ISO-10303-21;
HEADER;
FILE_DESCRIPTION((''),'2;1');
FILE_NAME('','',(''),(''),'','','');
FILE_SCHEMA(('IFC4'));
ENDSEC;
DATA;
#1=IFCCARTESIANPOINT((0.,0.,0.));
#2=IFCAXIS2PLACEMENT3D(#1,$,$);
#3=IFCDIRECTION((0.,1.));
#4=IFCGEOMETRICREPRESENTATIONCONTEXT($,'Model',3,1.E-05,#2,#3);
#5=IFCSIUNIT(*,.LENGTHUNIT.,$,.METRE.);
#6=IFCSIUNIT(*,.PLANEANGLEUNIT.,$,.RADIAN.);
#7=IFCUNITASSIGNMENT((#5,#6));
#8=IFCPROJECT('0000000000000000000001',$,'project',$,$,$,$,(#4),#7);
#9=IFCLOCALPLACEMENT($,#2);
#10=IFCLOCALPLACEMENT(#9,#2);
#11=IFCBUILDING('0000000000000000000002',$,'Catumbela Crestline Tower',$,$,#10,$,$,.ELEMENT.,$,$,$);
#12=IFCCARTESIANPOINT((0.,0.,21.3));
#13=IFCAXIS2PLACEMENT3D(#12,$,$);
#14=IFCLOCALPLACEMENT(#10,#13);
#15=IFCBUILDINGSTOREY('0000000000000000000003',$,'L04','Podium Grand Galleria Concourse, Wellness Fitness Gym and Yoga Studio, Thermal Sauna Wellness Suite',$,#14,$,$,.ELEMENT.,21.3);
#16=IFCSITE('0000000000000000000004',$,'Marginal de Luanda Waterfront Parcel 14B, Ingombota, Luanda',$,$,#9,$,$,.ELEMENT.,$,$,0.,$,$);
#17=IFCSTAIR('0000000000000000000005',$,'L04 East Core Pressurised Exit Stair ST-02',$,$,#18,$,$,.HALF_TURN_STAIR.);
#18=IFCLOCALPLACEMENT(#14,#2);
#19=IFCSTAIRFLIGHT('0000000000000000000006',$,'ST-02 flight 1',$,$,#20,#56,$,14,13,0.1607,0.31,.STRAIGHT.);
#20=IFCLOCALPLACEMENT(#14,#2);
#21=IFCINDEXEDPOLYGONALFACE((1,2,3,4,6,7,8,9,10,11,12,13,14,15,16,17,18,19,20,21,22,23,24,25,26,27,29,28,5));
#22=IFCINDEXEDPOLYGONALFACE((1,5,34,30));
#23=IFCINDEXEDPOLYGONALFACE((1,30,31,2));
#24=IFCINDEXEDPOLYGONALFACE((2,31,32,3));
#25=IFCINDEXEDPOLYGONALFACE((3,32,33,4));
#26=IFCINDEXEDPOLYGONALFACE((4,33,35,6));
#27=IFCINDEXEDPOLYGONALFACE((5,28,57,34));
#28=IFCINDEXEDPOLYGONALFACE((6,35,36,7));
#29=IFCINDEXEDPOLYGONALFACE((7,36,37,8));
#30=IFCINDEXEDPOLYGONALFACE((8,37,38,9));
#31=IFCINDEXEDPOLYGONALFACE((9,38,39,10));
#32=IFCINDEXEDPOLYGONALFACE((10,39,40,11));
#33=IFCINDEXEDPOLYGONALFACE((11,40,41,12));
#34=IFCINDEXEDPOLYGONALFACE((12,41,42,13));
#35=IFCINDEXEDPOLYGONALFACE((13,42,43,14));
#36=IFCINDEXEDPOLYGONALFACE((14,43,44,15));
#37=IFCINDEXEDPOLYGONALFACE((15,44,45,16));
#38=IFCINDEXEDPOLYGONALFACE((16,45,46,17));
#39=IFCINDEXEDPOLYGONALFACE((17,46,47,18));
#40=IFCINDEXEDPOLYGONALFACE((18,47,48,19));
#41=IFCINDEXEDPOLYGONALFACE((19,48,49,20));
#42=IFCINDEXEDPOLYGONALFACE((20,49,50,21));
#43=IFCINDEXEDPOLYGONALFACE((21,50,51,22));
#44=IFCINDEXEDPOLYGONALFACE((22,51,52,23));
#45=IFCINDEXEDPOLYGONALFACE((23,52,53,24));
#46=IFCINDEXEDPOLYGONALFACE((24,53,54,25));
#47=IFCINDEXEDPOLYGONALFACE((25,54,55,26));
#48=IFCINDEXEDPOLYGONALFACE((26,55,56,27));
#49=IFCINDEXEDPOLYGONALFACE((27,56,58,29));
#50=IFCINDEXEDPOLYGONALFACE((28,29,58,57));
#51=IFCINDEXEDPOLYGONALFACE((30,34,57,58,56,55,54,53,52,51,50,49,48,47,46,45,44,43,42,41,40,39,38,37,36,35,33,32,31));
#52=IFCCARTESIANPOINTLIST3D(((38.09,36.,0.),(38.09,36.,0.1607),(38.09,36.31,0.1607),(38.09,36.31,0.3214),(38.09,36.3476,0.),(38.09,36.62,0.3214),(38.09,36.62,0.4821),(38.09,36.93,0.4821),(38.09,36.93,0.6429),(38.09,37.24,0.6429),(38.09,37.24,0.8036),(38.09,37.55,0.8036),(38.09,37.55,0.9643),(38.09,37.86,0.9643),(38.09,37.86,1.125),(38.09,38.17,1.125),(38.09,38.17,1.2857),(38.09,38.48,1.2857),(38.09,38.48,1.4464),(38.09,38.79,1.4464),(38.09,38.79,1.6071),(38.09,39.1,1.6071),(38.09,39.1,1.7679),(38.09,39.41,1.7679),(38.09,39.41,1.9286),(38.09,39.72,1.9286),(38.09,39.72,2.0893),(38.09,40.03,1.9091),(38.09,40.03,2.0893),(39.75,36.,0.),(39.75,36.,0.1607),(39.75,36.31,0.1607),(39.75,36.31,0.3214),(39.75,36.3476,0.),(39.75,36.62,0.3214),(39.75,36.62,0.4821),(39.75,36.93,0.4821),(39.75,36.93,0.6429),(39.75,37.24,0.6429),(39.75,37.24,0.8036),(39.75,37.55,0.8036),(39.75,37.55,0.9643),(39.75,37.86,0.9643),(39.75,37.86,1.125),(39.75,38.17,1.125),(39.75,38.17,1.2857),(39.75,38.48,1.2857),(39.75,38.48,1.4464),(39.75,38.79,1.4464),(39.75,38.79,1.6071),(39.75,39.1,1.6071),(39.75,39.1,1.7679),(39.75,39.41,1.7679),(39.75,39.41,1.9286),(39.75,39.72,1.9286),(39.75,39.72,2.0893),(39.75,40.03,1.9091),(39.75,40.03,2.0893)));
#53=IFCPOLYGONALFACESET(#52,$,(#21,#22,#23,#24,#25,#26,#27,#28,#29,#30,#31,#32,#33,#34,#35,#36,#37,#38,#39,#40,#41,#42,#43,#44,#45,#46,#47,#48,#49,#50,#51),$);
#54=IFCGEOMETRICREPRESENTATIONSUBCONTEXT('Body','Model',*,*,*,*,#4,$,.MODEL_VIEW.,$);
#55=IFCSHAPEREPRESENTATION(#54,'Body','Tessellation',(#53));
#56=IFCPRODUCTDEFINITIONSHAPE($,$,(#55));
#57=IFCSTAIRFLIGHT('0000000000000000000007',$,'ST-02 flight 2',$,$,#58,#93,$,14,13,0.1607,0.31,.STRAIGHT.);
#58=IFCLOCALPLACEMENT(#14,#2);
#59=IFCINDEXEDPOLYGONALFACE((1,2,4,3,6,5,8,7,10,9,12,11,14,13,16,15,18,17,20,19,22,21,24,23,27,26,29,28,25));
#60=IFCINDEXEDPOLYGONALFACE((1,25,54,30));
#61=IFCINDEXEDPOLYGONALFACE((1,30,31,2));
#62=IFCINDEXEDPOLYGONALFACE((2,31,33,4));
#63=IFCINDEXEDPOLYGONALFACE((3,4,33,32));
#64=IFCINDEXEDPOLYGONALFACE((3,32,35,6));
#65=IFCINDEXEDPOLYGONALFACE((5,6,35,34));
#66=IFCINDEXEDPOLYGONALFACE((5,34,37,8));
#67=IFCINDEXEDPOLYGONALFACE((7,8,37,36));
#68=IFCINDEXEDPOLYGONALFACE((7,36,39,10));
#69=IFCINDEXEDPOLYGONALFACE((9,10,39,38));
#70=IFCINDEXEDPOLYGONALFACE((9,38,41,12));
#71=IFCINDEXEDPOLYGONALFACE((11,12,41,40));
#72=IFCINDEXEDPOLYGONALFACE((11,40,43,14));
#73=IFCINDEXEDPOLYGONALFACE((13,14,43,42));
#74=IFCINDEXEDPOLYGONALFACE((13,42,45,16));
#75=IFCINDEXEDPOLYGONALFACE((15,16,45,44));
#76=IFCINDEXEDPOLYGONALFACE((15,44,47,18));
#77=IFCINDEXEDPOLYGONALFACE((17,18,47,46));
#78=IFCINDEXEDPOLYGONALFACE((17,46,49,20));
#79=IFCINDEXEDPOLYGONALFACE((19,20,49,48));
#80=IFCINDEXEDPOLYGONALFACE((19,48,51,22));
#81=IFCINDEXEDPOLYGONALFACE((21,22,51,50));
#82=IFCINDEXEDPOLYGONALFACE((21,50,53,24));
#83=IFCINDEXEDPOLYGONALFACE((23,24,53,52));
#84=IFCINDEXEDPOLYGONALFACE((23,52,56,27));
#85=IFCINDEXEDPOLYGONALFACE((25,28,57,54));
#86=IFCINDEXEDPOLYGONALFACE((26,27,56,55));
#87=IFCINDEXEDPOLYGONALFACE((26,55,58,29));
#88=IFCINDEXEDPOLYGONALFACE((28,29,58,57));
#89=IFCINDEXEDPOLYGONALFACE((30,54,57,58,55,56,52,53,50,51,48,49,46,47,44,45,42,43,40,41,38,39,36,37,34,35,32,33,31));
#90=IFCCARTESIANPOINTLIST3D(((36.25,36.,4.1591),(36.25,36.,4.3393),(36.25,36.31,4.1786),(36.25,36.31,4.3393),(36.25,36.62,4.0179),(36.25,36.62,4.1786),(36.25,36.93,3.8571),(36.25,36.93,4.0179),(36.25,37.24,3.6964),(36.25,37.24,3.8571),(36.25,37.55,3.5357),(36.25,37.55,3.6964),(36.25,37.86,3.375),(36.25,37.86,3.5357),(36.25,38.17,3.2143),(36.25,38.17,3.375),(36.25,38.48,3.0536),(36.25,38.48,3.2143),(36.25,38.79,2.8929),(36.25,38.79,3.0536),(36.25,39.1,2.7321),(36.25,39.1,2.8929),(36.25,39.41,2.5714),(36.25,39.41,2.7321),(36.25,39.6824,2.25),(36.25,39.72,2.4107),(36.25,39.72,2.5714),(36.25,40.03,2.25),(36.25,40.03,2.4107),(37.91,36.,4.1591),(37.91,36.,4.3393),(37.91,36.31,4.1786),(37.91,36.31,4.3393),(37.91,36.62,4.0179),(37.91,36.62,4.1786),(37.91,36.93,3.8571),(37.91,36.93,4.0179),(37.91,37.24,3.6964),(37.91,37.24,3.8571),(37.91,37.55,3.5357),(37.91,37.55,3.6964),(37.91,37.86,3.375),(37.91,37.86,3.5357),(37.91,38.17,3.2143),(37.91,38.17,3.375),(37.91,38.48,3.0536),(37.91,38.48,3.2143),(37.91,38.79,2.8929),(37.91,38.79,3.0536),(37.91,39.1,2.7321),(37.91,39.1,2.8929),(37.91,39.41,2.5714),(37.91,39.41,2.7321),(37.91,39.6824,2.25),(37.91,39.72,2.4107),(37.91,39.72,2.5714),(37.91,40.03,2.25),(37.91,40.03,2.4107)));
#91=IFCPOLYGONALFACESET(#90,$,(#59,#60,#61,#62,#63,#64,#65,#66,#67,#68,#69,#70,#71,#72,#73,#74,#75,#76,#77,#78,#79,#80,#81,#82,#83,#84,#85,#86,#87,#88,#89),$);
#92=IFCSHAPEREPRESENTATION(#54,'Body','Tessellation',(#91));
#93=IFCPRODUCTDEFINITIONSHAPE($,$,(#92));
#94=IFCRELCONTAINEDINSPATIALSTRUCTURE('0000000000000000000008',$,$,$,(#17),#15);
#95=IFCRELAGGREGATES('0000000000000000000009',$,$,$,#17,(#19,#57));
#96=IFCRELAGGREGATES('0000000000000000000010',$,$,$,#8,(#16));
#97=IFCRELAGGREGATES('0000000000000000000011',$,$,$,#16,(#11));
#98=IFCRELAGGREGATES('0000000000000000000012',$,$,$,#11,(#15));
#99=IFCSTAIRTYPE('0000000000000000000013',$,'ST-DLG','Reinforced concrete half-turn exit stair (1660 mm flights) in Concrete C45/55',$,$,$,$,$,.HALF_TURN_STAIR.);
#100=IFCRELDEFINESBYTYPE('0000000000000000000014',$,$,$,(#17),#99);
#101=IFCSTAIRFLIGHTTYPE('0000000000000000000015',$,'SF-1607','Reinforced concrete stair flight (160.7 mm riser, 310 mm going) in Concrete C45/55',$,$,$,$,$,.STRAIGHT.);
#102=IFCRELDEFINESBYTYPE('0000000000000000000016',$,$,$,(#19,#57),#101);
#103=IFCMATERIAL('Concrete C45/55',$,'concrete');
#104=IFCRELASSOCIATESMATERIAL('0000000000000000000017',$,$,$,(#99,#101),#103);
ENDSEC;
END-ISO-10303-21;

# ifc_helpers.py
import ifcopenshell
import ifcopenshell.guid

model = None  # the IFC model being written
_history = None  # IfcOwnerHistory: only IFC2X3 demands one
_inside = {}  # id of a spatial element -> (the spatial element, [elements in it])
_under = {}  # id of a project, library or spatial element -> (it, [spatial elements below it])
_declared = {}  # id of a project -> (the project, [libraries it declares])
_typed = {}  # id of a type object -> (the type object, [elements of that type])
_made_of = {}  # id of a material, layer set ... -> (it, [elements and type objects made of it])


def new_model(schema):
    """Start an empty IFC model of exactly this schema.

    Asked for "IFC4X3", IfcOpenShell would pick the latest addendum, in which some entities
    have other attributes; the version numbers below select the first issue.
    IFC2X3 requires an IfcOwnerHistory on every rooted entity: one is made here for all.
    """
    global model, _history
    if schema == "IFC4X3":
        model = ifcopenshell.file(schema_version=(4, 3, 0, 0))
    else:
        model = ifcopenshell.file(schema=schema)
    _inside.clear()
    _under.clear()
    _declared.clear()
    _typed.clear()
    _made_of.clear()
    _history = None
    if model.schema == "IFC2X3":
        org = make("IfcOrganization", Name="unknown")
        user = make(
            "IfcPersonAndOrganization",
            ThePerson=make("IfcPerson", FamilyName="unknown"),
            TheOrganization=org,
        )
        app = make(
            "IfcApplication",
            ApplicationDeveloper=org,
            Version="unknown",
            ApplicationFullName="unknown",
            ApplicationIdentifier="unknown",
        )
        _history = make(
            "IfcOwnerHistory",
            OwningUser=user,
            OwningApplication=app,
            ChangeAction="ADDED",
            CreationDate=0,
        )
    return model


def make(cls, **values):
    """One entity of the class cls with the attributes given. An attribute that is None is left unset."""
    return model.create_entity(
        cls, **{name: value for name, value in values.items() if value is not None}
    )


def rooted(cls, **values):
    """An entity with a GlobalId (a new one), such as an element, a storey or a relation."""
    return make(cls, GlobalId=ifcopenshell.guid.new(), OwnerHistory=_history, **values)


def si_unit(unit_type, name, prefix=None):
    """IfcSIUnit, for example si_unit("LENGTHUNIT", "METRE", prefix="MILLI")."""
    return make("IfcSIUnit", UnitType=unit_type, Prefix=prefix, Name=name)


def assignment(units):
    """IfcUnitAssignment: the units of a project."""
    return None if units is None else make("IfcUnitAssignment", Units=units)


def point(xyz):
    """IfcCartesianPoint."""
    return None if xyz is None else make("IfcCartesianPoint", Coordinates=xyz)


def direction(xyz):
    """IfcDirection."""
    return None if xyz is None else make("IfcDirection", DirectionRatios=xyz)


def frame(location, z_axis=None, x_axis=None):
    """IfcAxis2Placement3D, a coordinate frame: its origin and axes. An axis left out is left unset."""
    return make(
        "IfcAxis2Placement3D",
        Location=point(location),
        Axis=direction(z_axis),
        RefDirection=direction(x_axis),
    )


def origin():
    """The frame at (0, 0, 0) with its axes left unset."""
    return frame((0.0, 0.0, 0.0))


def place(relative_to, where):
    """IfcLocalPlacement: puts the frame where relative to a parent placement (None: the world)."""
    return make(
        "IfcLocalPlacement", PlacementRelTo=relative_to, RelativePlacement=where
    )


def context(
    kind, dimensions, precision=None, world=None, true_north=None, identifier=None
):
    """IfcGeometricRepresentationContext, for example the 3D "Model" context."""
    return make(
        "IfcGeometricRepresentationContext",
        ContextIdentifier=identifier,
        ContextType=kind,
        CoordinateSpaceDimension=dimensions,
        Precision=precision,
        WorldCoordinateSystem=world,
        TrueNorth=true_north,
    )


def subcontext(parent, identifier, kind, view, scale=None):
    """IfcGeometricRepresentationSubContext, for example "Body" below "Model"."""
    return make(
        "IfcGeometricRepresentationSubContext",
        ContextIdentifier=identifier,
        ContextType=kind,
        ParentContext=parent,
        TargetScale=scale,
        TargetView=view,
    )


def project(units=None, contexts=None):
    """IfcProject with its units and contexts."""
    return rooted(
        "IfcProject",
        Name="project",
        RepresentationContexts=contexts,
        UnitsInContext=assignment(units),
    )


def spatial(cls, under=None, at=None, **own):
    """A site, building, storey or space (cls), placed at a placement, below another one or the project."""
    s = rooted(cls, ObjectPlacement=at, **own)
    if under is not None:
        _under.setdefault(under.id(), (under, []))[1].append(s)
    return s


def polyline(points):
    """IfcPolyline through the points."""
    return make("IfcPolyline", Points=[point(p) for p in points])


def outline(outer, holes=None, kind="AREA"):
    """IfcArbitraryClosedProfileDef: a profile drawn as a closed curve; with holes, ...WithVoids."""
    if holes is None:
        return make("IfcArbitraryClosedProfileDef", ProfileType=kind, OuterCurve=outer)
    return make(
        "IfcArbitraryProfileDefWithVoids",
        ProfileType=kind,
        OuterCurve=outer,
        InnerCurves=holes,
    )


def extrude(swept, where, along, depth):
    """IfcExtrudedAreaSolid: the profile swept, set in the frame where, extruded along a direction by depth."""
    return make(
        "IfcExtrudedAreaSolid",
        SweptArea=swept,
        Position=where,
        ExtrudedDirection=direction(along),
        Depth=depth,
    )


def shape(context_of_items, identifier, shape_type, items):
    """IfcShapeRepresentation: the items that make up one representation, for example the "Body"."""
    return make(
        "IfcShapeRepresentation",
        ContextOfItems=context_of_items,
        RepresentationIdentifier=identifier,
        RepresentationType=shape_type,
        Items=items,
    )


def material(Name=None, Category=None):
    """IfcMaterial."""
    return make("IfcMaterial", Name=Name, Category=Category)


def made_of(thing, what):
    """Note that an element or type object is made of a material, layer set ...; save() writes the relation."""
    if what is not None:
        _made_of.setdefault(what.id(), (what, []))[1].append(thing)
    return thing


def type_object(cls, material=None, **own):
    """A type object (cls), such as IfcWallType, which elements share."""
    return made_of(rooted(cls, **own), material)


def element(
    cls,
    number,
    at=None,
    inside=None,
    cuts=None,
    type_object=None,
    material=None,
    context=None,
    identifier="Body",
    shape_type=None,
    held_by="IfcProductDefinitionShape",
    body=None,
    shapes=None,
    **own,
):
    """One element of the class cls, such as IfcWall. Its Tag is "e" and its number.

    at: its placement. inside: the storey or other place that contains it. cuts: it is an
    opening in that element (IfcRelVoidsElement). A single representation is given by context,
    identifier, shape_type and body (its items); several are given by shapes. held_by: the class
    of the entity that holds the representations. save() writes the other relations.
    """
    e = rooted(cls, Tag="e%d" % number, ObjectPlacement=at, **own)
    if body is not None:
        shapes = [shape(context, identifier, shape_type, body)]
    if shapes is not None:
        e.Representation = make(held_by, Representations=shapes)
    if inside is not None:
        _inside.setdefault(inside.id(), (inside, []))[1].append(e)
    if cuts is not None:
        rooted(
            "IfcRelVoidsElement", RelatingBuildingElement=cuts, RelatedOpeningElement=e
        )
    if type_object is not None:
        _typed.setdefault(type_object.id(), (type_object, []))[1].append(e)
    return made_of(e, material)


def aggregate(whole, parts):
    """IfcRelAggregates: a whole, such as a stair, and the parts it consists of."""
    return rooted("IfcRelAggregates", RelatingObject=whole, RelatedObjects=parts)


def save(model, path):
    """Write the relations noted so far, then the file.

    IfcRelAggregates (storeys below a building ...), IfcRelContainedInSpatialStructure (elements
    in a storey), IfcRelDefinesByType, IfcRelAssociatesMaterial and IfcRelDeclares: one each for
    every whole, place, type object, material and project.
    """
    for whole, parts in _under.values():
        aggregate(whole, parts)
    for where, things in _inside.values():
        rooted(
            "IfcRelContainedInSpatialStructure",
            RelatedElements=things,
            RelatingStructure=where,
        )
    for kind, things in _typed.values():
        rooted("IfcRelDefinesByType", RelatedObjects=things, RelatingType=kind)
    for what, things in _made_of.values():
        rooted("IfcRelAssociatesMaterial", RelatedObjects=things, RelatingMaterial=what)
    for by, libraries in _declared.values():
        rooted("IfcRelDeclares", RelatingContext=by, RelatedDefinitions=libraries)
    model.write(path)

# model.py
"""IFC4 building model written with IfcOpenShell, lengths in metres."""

from ifc_helpers import new_model, si_unit, direction, frame, origin, place, context, subcontext, project, spatial, polyline, outline, extrude, material, type_object, element, aggregate, save


model = new_model("IFC4")

# Units and contexts
model_context = context("Model", 3, precision=1e-05, world=origin(), true_north=direction((0.0, 1.0)))
body_context = subcontext(model_context, "Body", "Model", "MODEL_VIEW")
ifc_project = project(units=[si_unit("LENGTHUNIT", "METRE"), si_unit("PLANEANGLEUNIT", "RADIAN")], contexts=[model_context])

# Site, building, storey
site_placement = place(None, origin())
site = spatial("IfcSite", under=ifc_project, at=site_placement, Name="Marginal de Luanda Waterfront Parcel 14B, Ingombota, Luanda", CompositionType="ELEMENT", RefElevation=0.0)
building_placement = place(site_placement, origin())
building = spatial("IfcBuilding", under=site, at=building_placement, Name="Catumbela Crestline Tower", CompositionType="ELEMENT")
storey_placement = place(building_placement, frame((0.0, 0.0, 21.3)))
storey = spatial("IfcBuildingStorey", under=building, at=storey_placement, Name="L04", Description="Podium Grand Galleria Concourse, Wellness Fitness Gym and Yoga Studio, Thermal Sauna Wellness Suite", CompositionType="ELEMENT", Elevation=21.3)

# Stair, stair flights
ifc_material_1 = material(Name="Concrete C45/55", Category="concrete")
stair_type = type_object("IfcStairType", Name="ST-DLG", Description="Reinforced concrete half-turn exit stair (1660 mm flights) in Concrete C45/55", PredefinedType="HALF_TURN_STAIR", material=ifc_material_1)
stair_placement = place(storey_placement, origin())
stair = element("IfcStair", 1, at=stair_placement, inside=storey, type_object=stair_type, Name="L04 East Core Pressurised Exit Stair ST-02", PredefinedType="HALF_TURN_STAIR")
stair_flight_type = type_object("IfcStairFlightType", Name="SF-1607", Description="Reinforced concrete stair flight (160.7 mm riser, 310 mm going) in Concrete C45/55", PredefinedType="STRAIGHT", material=ifc_material_1)
stair_flight_1_placement = place(storey_placement, frame((38.92, 36.0, 0.0), z_axis=(0.0, 0.0, 1.0), x_axis=(0.0, 1.0, 0.0)))
stair_flight_1 = element("IfcStairFlight", 2, at=stair_flight_1_placement, type_object=stair_flight_type, Name="ST-02 flight 1", NumberOfRisers=14, NumberOfTreads=13, PredefinedType="STRAIGHT", RiserHeight=0.1607, TreadLength=0.31, context=body_context, shape_type="SweptSolid", body=[
    extrude(outline(polyline([(0.0, 0.0), (0.0, 0.1607), (0.31, 0.1607), (0.31, 0.3214), (0.62, 0.3214), (0.62, 0.4821), (0.93, 0.4821), (0.93, 0.6429), (1.24, 0.6429), (1.24, 0.8036), (1.55, 0.8036), (1.55, 0.9643), (1.86, 0.9643), (1.86, 1.125), (2.17, 1.125), (2.17, 1.2857), (2.48, 1.2857), (2.48, 1.4464), (2.79, 1.4464), (2.79, 1.6071), (3.1, 1.6071), (3.1, 1.7679), (3.41, 1.7679), (3.41, 1.9286), (3.72, 1.9286), (3.72, 2.0893), (4.03, 2.0893), (4.03, 2.25), (4.03, 1.9091), (0.3476, 0.0), (0.0, 0.0)])), frame((0.0, 0.83, 0.0), z_axis=(0.0, -1.0, 0.0), x_axis=(1.0, 0.0, 0.0)), (0.0, 0.0, 1.0), 1.66),
])
stair_flight_2_placement = place(storey_placement, frame((37.08, 40.03, 2.25), z_axis=(0.0, 0.0, 1.0), x_axis=(0.0, -1.0, 0.0)))
stair_flight_2 = element("IfcStairFlight", 3, at=stair_flight_2_placement, type_object=stair_flight_type, Name="ST-02 flight 2", NumberOfRisers=14, NumberOfTreads=13, PredefinedType="STRAIGHT", RiserHeight=0.1607, TreadLength=0.31, context=body_context, shape_type="SweptSolid", body=[
    extrude(outline(polyline([(0.0, 0.0), (0.0, 0.1607), (0.31, 0.1607), (0.31, 0.3214), (0.62, 0.3214), (0.62, 0.4821), (0.93, 0.4821), (0.93, 0.6429), (1.24, 0.6429), (1.24, 0.8036), (1.55, 0.8036), (1.55, 0.9643), (1.86, 0.9643), (1.86, 1.125), (2.17, 1.125), (2.17, 1.2857), (2.48, 1.2857), (2.48, 1.4464), (2.79, 1.4464), (2.79, 1.6071), (3.1, 1.6071), (3.1, 1.7679), (3.41, 1.7679), (3.41, 1.9286), (3.72, 1.9286), (3.72, 2.0893), (4.03, 2.0893), (4.03, 2.25), (4.03, 1.9091), (0.3476, 0.0), (0.0, 0.0)])), frame((0.0, 0.83, 0.0), z_axis=(0.0, -1.0, 0.0), x_axis=(1.0, 0.0, 0.0)), (0.0, 0.0, 1.0), 1.66),
])
aggregate(stair, [stair_flight_1, stair_flight_2])

save(model, "model.ifc")
